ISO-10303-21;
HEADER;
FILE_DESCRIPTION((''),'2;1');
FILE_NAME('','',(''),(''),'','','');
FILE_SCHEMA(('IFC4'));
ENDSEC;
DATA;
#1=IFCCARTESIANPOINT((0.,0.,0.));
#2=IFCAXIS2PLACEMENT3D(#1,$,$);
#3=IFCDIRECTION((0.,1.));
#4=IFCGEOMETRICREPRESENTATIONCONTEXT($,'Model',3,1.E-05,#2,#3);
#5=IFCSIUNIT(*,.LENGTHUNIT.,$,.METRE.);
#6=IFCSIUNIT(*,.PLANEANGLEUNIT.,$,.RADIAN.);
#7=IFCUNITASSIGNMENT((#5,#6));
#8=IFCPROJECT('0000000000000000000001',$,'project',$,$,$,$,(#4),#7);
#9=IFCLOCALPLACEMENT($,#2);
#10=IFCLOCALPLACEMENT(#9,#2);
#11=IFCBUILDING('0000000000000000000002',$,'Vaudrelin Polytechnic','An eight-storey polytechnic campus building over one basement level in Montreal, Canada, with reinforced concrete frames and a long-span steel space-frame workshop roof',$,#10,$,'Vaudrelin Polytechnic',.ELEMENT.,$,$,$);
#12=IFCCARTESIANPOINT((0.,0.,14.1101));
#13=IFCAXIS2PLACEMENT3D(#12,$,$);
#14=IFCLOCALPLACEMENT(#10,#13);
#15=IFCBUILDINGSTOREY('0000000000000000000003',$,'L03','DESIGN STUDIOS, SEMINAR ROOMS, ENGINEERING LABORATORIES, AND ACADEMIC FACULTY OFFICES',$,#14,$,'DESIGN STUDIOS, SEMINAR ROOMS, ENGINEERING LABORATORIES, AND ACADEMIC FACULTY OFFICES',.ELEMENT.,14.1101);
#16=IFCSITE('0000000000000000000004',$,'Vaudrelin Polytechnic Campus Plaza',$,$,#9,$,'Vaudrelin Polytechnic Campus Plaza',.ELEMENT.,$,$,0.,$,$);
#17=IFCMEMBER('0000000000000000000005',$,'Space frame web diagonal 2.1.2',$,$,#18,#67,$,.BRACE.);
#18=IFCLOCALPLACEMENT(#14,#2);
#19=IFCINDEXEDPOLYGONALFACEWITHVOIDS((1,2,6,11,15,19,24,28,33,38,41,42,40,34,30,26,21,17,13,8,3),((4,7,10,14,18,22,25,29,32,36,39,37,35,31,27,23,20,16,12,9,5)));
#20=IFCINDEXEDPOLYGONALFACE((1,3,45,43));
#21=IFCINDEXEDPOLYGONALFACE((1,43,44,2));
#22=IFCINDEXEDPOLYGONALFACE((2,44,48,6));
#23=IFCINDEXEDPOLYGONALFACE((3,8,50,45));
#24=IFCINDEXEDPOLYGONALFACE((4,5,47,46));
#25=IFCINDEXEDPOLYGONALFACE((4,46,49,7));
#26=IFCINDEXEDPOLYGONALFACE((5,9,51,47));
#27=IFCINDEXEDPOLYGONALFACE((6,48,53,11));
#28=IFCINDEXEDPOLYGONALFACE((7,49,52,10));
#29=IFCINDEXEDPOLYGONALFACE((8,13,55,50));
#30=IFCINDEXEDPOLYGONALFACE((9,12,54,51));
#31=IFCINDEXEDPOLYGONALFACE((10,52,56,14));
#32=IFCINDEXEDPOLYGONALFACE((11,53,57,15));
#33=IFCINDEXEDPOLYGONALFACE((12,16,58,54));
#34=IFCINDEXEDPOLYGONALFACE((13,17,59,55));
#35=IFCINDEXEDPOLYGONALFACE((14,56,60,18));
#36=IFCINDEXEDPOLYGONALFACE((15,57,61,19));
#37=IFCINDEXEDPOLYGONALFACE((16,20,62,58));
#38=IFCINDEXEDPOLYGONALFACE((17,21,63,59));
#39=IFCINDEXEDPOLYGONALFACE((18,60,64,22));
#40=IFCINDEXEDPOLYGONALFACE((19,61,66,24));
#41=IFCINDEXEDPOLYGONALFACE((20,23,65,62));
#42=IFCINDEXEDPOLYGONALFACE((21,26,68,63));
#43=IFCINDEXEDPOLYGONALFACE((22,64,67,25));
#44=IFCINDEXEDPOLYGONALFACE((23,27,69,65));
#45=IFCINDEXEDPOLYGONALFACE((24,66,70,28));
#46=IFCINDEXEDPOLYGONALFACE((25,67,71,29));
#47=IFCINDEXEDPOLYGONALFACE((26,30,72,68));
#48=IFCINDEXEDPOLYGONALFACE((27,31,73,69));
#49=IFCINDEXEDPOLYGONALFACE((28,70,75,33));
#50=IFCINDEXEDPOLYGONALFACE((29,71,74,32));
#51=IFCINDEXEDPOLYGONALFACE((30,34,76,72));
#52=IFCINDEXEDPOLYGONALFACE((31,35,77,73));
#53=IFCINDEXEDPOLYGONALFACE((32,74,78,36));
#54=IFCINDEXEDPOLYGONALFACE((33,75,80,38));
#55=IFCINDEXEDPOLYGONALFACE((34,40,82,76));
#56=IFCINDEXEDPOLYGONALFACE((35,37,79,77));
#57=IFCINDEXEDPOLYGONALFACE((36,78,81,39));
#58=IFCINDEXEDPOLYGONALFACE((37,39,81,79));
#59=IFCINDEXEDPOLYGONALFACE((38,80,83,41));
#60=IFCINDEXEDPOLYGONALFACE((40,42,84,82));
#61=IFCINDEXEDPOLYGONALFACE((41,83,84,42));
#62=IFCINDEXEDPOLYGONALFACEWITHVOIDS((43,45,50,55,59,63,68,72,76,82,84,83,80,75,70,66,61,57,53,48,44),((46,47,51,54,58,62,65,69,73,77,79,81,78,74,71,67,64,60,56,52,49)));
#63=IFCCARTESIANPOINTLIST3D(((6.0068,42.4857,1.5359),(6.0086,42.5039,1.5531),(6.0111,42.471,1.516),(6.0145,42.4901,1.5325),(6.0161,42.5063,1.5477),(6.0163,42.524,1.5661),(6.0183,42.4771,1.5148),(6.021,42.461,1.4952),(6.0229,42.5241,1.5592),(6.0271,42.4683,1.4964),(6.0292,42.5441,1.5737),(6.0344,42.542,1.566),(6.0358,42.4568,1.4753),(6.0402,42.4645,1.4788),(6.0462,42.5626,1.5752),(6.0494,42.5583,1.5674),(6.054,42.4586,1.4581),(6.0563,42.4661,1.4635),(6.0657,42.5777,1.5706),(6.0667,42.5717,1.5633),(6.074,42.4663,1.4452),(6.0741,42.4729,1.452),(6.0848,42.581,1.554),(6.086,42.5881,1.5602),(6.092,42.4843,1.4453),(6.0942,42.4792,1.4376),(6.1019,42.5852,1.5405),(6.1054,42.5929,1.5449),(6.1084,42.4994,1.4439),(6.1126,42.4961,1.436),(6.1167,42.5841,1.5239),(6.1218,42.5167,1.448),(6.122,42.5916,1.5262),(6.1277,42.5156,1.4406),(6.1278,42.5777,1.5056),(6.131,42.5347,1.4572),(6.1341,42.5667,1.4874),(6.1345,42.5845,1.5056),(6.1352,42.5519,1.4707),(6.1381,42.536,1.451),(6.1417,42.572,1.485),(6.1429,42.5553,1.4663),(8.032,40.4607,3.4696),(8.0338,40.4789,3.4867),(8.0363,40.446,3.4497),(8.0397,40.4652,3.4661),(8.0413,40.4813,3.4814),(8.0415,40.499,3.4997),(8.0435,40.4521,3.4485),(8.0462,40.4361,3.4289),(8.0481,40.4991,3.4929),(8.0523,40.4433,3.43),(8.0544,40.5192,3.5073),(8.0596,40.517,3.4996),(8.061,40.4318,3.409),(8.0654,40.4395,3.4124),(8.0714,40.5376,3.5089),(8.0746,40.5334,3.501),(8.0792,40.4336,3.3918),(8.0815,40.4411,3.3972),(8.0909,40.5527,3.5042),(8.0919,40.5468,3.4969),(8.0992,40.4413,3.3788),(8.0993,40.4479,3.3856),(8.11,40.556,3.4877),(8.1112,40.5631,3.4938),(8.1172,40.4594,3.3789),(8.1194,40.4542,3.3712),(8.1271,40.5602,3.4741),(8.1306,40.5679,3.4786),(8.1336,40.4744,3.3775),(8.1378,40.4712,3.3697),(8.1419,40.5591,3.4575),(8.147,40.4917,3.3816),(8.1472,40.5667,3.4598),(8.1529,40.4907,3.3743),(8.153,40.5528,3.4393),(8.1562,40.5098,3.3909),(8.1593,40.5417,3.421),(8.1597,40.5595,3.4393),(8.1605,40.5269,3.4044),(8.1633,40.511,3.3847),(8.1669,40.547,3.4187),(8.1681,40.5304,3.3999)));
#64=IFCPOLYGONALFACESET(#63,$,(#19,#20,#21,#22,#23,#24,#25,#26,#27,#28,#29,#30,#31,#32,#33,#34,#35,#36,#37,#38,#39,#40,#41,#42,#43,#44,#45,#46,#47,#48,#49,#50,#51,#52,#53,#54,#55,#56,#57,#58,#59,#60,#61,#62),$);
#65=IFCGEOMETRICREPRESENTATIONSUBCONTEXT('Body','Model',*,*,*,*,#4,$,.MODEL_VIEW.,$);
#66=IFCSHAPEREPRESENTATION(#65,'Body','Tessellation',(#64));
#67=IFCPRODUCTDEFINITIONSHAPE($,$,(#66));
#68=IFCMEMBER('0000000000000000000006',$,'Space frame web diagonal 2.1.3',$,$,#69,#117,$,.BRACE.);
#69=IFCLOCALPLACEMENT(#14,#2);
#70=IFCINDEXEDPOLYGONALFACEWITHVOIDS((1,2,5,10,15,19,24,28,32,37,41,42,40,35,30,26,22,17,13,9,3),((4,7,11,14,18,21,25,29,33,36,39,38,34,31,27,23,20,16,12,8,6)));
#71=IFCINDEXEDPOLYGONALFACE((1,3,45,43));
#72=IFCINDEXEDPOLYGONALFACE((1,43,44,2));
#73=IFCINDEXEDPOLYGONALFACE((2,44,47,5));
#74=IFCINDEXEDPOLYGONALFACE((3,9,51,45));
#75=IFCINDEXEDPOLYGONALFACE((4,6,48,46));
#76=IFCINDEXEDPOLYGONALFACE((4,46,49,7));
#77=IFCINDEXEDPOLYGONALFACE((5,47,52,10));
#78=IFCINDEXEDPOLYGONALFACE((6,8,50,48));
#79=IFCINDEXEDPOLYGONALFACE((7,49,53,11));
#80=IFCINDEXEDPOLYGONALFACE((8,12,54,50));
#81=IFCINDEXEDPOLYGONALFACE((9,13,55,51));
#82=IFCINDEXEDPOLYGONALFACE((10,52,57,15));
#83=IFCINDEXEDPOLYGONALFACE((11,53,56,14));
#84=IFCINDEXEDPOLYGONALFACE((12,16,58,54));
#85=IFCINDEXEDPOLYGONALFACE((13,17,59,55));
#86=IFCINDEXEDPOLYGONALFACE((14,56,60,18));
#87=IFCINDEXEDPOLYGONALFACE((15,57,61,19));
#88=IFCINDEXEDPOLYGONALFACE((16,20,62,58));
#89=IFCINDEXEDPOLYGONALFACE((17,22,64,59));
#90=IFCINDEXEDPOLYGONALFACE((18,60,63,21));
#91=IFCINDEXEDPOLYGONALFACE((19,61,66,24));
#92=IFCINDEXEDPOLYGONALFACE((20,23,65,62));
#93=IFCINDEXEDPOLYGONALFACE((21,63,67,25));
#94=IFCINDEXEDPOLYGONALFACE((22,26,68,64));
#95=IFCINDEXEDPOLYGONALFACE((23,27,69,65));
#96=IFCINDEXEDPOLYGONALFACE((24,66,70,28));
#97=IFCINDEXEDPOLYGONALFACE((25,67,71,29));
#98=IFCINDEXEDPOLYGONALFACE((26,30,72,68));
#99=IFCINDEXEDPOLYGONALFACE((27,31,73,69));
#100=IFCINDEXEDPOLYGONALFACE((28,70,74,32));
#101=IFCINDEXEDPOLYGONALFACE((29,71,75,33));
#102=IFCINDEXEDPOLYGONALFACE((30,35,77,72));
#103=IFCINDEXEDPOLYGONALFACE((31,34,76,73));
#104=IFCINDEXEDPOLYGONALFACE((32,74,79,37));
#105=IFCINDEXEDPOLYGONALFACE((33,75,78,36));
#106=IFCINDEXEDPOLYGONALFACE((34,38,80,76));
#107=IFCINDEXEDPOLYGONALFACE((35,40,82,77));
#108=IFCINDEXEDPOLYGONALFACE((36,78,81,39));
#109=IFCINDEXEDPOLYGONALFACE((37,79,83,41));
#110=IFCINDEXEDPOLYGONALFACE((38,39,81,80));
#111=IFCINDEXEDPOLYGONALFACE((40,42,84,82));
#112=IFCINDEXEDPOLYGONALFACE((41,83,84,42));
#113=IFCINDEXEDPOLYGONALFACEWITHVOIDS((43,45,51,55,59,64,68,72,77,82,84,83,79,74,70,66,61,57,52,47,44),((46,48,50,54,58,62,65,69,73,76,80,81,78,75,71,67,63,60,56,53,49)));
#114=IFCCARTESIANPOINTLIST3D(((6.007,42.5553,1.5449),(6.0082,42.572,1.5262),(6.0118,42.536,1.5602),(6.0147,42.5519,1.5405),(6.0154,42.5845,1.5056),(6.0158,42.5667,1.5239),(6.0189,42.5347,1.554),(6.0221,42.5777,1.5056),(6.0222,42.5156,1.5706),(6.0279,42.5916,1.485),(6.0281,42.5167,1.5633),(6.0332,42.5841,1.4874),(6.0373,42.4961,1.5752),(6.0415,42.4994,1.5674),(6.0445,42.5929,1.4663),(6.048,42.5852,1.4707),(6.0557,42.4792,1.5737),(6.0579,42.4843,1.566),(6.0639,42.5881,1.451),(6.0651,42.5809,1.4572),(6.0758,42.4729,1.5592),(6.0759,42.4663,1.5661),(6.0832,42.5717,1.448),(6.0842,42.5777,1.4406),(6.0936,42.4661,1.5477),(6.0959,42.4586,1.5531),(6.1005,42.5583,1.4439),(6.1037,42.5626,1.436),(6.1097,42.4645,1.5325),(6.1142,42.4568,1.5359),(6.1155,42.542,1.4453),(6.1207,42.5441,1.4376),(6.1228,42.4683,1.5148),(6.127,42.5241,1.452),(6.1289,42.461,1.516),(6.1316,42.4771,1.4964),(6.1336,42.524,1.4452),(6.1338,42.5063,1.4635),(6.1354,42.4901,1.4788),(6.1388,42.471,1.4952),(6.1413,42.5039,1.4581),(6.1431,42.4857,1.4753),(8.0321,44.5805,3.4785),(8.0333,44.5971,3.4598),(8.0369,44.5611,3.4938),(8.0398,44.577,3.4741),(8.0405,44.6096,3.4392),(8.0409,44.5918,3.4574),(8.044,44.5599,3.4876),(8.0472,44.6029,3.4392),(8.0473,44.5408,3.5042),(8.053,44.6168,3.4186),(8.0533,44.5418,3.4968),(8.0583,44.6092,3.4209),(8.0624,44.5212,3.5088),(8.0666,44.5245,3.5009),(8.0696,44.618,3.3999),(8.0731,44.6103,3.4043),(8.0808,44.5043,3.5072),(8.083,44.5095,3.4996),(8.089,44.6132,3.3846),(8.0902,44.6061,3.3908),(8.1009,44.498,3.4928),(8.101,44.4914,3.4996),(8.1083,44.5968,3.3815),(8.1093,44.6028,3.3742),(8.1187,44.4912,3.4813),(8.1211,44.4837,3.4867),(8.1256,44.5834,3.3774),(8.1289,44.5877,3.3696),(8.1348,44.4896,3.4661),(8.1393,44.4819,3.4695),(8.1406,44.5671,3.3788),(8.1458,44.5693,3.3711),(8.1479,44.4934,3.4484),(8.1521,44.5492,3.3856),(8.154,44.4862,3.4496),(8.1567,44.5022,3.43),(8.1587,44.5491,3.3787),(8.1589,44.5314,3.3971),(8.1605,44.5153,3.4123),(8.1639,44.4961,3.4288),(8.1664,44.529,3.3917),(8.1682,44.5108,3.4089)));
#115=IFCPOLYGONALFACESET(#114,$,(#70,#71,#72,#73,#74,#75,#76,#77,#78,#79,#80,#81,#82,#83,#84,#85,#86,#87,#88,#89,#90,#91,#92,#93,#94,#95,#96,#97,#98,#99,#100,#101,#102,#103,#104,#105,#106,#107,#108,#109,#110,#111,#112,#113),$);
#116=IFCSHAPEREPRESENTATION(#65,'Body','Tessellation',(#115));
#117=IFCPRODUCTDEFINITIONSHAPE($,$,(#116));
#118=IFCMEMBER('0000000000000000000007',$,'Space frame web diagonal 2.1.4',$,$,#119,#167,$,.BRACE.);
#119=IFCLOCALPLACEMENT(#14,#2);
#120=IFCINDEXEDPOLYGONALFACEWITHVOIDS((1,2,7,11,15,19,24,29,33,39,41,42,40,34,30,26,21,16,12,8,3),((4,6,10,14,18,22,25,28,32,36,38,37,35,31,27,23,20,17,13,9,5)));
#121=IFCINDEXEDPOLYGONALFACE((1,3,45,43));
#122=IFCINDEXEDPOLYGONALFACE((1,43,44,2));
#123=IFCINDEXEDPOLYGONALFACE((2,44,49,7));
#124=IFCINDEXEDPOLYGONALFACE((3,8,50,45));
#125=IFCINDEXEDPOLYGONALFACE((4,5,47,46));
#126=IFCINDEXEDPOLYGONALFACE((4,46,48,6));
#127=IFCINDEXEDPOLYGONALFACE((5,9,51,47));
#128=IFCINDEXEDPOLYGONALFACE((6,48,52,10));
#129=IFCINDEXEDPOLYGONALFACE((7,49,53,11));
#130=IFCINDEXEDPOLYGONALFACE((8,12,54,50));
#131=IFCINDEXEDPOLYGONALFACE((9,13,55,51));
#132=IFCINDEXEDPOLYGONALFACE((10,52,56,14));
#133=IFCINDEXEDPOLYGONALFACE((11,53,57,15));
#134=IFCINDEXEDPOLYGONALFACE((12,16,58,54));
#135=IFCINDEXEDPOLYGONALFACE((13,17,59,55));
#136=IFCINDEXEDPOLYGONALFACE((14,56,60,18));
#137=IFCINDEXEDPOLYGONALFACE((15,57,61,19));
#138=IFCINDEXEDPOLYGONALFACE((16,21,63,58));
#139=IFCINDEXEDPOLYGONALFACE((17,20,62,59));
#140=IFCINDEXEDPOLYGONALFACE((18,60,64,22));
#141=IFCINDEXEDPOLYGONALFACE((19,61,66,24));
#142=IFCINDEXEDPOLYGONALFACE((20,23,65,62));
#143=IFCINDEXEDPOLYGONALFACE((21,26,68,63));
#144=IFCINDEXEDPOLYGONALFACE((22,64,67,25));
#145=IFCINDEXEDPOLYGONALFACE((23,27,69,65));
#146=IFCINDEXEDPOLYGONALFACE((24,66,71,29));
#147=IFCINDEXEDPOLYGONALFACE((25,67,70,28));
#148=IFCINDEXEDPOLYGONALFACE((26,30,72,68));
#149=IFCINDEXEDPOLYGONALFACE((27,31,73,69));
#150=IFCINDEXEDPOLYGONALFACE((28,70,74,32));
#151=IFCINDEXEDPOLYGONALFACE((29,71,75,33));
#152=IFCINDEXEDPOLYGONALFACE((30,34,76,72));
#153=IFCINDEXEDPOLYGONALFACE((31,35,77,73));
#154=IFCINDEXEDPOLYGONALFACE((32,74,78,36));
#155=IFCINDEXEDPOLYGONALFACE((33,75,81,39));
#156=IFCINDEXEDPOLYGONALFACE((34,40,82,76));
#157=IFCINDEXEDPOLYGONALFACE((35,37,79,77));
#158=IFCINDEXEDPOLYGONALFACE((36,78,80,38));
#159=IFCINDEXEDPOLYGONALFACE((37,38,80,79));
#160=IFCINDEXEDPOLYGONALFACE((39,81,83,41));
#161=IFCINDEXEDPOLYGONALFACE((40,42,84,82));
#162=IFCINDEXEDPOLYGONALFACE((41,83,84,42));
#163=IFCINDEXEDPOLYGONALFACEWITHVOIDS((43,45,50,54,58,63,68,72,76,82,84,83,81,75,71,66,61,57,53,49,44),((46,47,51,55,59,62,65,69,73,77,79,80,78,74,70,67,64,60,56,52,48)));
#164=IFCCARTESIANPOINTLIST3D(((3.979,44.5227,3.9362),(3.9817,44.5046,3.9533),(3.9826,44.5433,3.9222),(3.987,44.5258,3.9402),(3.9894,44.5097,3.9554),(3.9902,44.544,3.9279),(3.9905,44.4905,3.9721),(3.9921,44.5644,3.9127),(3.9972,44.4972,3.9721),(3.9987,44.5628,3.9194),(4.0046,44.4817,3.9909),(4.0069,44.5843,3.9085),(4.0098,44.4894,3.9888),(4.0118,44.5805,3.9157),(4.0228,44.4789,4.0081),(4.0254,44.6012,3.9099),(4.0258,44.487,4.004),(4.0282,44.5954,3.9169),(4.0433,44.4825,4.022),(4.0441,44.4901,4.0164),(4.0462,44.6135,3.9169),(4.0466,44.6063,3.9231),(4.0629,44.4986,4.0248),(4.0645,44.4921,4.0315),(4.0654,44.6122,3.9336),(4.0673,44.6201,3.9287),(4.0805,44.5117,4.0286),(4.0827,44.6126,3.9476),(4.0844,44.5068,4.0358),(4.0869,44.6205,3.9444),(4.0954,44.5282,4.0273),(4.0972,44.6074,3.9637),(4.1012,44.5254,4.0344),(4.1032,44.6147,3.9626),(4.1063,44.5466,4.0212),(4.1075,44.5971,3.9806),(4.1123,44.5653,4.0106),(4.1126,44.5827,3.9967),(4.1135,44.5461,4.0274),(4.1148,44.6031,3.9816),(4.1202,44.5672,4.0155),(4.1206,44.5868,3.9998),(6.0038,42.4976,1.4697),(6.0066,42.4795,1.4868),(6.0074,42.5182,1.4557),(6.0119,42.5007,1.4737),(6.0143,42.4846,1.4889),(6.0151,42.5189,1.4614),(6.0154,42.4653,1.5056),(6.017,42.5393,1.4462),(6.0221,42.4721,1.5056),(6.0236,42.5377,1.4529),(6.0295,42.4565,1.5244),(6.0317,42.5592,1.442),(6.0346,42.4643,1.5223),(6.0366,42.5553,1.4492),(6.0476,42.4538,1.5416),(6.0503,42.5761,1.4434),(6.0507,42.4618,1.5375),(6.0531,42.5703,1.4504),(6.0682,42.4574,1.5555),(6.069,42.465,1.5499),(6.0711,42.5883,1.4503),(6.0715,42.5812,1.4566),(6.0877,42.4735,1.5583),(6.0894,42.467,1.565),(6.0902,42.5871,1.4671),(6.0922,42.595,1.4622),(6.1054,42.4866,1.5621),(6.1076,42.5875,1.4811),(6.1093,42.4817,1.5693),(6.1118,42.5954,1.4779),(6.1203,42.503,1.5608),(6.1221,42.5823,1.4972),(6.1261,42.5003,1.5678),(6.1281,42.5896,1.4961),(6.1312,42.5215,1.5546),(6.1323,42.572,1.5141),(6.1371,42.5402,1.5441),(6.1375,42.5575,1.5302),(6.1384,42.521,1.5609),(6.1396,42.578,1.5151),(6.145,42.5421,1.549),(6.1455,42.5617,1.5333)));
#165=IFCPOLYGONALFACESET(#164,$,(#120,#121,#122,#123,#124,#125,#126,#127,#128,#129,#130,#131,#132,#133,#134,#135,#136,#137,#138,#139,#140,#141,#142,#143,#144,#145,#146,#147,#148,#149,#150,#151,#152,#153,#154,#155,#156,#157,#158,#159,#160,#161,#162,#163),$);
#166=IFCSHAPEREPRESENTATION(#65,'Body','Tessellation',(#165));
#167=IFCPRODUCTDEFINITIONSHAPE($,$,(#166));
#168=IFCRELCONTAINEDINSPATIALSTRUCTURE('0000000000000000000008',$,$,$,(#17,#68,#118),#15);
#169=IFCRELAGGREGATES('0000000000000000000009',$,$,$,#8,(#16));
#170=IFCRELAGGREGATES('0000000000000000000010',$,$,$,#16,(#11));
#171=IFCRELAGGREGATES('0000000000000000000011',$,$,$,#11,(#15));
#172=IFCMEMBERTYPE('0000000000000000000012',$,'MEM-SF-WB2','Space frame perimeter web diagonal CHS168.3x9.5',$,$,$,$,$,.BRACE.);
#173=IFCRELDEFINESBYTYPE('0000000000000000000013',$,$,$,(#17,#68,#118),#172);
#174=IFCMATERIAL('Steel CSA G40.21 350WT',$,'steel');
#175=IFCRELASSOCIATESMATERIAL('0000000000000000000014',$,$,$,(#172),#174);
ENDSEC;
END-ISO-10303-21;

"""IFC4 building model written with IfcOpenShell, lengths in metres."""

from ifc_helpers import new_model, si_unit, direction, frame, origin, origin_2d, place, context, subcontext, project, spatial, hollow_circle, extrude, material, material_profile, profile_set, type_object, element, save


model = new_model("IFC4")

# Units and contexts
model_context = context("Model", 3, precision=1e-05, world=origin(), true_north=direction((0.0, 1.0)))
body_context = subcontext(model_context, "Body", "Model", "MODEL_VIEW")
ifc_project = project(units=[si_unit("LENGTHUNIT", "METRE"), si_unit("PLANEANGLEUNIT", "RADIAN")], contexts=[model_context])

# Site, building, storey
site_placement = place(None, origin())
site = spatial("IfcSite", under=ifc_project, at=site_placement, Name="Vaudrelin Polytechnic Campus Plaza", LongName="Vaudrelin Polytechnic Campus Plaza", CompositionType="ELEMENT", RefElevation=0.0)
building_placement = place(site_placement, origin())
building = spatial("IfcBuilding", under=site, at=building_placement, Name="Vaudrelin Polytechnic", Description="An eight-storey polytechnic campus building over one basement level in Montreal, Canada, with reinforced concrete frames and a long-span steel space-frame workshop roof", LongName="Vaudrelin Polytechnic", CompositionType="ELEMENT")
storey_placement = place(building_placement, frame((0.0, 0.0, 14.1101)))
storey = spatial("IfcBuildingStorey", under=building, at=storey_placement, Name="L03", Description="DESIGN STUDIOS, SEMINAR ROOMS, ENGINEERING LABORATORIES, AND ACADEMIC FACULTY OFFICES", LongName="DESIGN STUDIOS, SEMINAR ROOMS, ENGINEERING LABORATORIES, AND ACADEMIC FACULTY OFFICES", CompositionType="ELEMENT", Elevation=14.1101)

# Members
ifc_material = material(Name="Steel CSA G40.21 350WT", Category="steel")
ifc_material_profile_1 = material_profile(ifc_material, hollow_circle(Radius=0.0842, WallThickness=0.0095, at=origin_2d()), Name="CHS168.3x9.5")
ifc_profile_set_1 = profile_set([ifc_material_profile_1], Name="Steel CSA G40.21 350WT")
member_type_1 = type_object("IfcMemberType", Name="MEM-SF-WB2", Description="Space frame perimeter web diagonal CHS168.3x9.5", PredefinedType="BRACE", material=ifc_profile_set_1)
for number, where, z_axis, x_axis, name in (
    (1, (6.075, 42.5249, 1.5056), (0.586071, -0.586, 0.559576), (0.707064, 0.707149, 0.0), "Space frame web diagonal 2.1.2"),
    (2, (6.075, 42.5249, 1.5056), (0.586046, 0.586046, 0.559553), (-0.707107, 0.707107, 0.0), "Space frame web diagonal 2.1.3"),
):
    element("IfcMember", number, at=place(storey_placement, frame(where, z_axis=z_axis, x_axis=x_axis)), inside=storey, type_object=member_type_1, Name=name, PredefinedType="BRACE", context=body_context, shape_type="SweptSolid", body=[
        extrude(hollow_circle(Radius=0.0842, WallThickness=0.0095, at=origin_2d()), origin(), (0.0, 0.0, 1.0), 3.4556),
    ])
for number, where, z_axis, x_axis, name in (
    (3, (6.075, 42.5249, 1.5056), (-0.535746, 0.535811, 0.652597), (-0.707149, -0.707064, 0.0), "Space frame web diagonal 2.1.4"),
):
    element("IfcMember", number, at=place(storey_placement, frame(where, z_axis=z_axis, x_axis=x_axis)), inside=storey, type_object=member_type_1, Name=name, PredefinedType="BRACE", context=body_context, shape_type="SweptSolid", body=[
        extrude(hollow_circle(Radius=0.0842, WallThickness=0.0095, at=origin_2d()), origin(), (0.0, 0.0, 1.0), 3.7795),
    ])

save(model, "model.ifc")
